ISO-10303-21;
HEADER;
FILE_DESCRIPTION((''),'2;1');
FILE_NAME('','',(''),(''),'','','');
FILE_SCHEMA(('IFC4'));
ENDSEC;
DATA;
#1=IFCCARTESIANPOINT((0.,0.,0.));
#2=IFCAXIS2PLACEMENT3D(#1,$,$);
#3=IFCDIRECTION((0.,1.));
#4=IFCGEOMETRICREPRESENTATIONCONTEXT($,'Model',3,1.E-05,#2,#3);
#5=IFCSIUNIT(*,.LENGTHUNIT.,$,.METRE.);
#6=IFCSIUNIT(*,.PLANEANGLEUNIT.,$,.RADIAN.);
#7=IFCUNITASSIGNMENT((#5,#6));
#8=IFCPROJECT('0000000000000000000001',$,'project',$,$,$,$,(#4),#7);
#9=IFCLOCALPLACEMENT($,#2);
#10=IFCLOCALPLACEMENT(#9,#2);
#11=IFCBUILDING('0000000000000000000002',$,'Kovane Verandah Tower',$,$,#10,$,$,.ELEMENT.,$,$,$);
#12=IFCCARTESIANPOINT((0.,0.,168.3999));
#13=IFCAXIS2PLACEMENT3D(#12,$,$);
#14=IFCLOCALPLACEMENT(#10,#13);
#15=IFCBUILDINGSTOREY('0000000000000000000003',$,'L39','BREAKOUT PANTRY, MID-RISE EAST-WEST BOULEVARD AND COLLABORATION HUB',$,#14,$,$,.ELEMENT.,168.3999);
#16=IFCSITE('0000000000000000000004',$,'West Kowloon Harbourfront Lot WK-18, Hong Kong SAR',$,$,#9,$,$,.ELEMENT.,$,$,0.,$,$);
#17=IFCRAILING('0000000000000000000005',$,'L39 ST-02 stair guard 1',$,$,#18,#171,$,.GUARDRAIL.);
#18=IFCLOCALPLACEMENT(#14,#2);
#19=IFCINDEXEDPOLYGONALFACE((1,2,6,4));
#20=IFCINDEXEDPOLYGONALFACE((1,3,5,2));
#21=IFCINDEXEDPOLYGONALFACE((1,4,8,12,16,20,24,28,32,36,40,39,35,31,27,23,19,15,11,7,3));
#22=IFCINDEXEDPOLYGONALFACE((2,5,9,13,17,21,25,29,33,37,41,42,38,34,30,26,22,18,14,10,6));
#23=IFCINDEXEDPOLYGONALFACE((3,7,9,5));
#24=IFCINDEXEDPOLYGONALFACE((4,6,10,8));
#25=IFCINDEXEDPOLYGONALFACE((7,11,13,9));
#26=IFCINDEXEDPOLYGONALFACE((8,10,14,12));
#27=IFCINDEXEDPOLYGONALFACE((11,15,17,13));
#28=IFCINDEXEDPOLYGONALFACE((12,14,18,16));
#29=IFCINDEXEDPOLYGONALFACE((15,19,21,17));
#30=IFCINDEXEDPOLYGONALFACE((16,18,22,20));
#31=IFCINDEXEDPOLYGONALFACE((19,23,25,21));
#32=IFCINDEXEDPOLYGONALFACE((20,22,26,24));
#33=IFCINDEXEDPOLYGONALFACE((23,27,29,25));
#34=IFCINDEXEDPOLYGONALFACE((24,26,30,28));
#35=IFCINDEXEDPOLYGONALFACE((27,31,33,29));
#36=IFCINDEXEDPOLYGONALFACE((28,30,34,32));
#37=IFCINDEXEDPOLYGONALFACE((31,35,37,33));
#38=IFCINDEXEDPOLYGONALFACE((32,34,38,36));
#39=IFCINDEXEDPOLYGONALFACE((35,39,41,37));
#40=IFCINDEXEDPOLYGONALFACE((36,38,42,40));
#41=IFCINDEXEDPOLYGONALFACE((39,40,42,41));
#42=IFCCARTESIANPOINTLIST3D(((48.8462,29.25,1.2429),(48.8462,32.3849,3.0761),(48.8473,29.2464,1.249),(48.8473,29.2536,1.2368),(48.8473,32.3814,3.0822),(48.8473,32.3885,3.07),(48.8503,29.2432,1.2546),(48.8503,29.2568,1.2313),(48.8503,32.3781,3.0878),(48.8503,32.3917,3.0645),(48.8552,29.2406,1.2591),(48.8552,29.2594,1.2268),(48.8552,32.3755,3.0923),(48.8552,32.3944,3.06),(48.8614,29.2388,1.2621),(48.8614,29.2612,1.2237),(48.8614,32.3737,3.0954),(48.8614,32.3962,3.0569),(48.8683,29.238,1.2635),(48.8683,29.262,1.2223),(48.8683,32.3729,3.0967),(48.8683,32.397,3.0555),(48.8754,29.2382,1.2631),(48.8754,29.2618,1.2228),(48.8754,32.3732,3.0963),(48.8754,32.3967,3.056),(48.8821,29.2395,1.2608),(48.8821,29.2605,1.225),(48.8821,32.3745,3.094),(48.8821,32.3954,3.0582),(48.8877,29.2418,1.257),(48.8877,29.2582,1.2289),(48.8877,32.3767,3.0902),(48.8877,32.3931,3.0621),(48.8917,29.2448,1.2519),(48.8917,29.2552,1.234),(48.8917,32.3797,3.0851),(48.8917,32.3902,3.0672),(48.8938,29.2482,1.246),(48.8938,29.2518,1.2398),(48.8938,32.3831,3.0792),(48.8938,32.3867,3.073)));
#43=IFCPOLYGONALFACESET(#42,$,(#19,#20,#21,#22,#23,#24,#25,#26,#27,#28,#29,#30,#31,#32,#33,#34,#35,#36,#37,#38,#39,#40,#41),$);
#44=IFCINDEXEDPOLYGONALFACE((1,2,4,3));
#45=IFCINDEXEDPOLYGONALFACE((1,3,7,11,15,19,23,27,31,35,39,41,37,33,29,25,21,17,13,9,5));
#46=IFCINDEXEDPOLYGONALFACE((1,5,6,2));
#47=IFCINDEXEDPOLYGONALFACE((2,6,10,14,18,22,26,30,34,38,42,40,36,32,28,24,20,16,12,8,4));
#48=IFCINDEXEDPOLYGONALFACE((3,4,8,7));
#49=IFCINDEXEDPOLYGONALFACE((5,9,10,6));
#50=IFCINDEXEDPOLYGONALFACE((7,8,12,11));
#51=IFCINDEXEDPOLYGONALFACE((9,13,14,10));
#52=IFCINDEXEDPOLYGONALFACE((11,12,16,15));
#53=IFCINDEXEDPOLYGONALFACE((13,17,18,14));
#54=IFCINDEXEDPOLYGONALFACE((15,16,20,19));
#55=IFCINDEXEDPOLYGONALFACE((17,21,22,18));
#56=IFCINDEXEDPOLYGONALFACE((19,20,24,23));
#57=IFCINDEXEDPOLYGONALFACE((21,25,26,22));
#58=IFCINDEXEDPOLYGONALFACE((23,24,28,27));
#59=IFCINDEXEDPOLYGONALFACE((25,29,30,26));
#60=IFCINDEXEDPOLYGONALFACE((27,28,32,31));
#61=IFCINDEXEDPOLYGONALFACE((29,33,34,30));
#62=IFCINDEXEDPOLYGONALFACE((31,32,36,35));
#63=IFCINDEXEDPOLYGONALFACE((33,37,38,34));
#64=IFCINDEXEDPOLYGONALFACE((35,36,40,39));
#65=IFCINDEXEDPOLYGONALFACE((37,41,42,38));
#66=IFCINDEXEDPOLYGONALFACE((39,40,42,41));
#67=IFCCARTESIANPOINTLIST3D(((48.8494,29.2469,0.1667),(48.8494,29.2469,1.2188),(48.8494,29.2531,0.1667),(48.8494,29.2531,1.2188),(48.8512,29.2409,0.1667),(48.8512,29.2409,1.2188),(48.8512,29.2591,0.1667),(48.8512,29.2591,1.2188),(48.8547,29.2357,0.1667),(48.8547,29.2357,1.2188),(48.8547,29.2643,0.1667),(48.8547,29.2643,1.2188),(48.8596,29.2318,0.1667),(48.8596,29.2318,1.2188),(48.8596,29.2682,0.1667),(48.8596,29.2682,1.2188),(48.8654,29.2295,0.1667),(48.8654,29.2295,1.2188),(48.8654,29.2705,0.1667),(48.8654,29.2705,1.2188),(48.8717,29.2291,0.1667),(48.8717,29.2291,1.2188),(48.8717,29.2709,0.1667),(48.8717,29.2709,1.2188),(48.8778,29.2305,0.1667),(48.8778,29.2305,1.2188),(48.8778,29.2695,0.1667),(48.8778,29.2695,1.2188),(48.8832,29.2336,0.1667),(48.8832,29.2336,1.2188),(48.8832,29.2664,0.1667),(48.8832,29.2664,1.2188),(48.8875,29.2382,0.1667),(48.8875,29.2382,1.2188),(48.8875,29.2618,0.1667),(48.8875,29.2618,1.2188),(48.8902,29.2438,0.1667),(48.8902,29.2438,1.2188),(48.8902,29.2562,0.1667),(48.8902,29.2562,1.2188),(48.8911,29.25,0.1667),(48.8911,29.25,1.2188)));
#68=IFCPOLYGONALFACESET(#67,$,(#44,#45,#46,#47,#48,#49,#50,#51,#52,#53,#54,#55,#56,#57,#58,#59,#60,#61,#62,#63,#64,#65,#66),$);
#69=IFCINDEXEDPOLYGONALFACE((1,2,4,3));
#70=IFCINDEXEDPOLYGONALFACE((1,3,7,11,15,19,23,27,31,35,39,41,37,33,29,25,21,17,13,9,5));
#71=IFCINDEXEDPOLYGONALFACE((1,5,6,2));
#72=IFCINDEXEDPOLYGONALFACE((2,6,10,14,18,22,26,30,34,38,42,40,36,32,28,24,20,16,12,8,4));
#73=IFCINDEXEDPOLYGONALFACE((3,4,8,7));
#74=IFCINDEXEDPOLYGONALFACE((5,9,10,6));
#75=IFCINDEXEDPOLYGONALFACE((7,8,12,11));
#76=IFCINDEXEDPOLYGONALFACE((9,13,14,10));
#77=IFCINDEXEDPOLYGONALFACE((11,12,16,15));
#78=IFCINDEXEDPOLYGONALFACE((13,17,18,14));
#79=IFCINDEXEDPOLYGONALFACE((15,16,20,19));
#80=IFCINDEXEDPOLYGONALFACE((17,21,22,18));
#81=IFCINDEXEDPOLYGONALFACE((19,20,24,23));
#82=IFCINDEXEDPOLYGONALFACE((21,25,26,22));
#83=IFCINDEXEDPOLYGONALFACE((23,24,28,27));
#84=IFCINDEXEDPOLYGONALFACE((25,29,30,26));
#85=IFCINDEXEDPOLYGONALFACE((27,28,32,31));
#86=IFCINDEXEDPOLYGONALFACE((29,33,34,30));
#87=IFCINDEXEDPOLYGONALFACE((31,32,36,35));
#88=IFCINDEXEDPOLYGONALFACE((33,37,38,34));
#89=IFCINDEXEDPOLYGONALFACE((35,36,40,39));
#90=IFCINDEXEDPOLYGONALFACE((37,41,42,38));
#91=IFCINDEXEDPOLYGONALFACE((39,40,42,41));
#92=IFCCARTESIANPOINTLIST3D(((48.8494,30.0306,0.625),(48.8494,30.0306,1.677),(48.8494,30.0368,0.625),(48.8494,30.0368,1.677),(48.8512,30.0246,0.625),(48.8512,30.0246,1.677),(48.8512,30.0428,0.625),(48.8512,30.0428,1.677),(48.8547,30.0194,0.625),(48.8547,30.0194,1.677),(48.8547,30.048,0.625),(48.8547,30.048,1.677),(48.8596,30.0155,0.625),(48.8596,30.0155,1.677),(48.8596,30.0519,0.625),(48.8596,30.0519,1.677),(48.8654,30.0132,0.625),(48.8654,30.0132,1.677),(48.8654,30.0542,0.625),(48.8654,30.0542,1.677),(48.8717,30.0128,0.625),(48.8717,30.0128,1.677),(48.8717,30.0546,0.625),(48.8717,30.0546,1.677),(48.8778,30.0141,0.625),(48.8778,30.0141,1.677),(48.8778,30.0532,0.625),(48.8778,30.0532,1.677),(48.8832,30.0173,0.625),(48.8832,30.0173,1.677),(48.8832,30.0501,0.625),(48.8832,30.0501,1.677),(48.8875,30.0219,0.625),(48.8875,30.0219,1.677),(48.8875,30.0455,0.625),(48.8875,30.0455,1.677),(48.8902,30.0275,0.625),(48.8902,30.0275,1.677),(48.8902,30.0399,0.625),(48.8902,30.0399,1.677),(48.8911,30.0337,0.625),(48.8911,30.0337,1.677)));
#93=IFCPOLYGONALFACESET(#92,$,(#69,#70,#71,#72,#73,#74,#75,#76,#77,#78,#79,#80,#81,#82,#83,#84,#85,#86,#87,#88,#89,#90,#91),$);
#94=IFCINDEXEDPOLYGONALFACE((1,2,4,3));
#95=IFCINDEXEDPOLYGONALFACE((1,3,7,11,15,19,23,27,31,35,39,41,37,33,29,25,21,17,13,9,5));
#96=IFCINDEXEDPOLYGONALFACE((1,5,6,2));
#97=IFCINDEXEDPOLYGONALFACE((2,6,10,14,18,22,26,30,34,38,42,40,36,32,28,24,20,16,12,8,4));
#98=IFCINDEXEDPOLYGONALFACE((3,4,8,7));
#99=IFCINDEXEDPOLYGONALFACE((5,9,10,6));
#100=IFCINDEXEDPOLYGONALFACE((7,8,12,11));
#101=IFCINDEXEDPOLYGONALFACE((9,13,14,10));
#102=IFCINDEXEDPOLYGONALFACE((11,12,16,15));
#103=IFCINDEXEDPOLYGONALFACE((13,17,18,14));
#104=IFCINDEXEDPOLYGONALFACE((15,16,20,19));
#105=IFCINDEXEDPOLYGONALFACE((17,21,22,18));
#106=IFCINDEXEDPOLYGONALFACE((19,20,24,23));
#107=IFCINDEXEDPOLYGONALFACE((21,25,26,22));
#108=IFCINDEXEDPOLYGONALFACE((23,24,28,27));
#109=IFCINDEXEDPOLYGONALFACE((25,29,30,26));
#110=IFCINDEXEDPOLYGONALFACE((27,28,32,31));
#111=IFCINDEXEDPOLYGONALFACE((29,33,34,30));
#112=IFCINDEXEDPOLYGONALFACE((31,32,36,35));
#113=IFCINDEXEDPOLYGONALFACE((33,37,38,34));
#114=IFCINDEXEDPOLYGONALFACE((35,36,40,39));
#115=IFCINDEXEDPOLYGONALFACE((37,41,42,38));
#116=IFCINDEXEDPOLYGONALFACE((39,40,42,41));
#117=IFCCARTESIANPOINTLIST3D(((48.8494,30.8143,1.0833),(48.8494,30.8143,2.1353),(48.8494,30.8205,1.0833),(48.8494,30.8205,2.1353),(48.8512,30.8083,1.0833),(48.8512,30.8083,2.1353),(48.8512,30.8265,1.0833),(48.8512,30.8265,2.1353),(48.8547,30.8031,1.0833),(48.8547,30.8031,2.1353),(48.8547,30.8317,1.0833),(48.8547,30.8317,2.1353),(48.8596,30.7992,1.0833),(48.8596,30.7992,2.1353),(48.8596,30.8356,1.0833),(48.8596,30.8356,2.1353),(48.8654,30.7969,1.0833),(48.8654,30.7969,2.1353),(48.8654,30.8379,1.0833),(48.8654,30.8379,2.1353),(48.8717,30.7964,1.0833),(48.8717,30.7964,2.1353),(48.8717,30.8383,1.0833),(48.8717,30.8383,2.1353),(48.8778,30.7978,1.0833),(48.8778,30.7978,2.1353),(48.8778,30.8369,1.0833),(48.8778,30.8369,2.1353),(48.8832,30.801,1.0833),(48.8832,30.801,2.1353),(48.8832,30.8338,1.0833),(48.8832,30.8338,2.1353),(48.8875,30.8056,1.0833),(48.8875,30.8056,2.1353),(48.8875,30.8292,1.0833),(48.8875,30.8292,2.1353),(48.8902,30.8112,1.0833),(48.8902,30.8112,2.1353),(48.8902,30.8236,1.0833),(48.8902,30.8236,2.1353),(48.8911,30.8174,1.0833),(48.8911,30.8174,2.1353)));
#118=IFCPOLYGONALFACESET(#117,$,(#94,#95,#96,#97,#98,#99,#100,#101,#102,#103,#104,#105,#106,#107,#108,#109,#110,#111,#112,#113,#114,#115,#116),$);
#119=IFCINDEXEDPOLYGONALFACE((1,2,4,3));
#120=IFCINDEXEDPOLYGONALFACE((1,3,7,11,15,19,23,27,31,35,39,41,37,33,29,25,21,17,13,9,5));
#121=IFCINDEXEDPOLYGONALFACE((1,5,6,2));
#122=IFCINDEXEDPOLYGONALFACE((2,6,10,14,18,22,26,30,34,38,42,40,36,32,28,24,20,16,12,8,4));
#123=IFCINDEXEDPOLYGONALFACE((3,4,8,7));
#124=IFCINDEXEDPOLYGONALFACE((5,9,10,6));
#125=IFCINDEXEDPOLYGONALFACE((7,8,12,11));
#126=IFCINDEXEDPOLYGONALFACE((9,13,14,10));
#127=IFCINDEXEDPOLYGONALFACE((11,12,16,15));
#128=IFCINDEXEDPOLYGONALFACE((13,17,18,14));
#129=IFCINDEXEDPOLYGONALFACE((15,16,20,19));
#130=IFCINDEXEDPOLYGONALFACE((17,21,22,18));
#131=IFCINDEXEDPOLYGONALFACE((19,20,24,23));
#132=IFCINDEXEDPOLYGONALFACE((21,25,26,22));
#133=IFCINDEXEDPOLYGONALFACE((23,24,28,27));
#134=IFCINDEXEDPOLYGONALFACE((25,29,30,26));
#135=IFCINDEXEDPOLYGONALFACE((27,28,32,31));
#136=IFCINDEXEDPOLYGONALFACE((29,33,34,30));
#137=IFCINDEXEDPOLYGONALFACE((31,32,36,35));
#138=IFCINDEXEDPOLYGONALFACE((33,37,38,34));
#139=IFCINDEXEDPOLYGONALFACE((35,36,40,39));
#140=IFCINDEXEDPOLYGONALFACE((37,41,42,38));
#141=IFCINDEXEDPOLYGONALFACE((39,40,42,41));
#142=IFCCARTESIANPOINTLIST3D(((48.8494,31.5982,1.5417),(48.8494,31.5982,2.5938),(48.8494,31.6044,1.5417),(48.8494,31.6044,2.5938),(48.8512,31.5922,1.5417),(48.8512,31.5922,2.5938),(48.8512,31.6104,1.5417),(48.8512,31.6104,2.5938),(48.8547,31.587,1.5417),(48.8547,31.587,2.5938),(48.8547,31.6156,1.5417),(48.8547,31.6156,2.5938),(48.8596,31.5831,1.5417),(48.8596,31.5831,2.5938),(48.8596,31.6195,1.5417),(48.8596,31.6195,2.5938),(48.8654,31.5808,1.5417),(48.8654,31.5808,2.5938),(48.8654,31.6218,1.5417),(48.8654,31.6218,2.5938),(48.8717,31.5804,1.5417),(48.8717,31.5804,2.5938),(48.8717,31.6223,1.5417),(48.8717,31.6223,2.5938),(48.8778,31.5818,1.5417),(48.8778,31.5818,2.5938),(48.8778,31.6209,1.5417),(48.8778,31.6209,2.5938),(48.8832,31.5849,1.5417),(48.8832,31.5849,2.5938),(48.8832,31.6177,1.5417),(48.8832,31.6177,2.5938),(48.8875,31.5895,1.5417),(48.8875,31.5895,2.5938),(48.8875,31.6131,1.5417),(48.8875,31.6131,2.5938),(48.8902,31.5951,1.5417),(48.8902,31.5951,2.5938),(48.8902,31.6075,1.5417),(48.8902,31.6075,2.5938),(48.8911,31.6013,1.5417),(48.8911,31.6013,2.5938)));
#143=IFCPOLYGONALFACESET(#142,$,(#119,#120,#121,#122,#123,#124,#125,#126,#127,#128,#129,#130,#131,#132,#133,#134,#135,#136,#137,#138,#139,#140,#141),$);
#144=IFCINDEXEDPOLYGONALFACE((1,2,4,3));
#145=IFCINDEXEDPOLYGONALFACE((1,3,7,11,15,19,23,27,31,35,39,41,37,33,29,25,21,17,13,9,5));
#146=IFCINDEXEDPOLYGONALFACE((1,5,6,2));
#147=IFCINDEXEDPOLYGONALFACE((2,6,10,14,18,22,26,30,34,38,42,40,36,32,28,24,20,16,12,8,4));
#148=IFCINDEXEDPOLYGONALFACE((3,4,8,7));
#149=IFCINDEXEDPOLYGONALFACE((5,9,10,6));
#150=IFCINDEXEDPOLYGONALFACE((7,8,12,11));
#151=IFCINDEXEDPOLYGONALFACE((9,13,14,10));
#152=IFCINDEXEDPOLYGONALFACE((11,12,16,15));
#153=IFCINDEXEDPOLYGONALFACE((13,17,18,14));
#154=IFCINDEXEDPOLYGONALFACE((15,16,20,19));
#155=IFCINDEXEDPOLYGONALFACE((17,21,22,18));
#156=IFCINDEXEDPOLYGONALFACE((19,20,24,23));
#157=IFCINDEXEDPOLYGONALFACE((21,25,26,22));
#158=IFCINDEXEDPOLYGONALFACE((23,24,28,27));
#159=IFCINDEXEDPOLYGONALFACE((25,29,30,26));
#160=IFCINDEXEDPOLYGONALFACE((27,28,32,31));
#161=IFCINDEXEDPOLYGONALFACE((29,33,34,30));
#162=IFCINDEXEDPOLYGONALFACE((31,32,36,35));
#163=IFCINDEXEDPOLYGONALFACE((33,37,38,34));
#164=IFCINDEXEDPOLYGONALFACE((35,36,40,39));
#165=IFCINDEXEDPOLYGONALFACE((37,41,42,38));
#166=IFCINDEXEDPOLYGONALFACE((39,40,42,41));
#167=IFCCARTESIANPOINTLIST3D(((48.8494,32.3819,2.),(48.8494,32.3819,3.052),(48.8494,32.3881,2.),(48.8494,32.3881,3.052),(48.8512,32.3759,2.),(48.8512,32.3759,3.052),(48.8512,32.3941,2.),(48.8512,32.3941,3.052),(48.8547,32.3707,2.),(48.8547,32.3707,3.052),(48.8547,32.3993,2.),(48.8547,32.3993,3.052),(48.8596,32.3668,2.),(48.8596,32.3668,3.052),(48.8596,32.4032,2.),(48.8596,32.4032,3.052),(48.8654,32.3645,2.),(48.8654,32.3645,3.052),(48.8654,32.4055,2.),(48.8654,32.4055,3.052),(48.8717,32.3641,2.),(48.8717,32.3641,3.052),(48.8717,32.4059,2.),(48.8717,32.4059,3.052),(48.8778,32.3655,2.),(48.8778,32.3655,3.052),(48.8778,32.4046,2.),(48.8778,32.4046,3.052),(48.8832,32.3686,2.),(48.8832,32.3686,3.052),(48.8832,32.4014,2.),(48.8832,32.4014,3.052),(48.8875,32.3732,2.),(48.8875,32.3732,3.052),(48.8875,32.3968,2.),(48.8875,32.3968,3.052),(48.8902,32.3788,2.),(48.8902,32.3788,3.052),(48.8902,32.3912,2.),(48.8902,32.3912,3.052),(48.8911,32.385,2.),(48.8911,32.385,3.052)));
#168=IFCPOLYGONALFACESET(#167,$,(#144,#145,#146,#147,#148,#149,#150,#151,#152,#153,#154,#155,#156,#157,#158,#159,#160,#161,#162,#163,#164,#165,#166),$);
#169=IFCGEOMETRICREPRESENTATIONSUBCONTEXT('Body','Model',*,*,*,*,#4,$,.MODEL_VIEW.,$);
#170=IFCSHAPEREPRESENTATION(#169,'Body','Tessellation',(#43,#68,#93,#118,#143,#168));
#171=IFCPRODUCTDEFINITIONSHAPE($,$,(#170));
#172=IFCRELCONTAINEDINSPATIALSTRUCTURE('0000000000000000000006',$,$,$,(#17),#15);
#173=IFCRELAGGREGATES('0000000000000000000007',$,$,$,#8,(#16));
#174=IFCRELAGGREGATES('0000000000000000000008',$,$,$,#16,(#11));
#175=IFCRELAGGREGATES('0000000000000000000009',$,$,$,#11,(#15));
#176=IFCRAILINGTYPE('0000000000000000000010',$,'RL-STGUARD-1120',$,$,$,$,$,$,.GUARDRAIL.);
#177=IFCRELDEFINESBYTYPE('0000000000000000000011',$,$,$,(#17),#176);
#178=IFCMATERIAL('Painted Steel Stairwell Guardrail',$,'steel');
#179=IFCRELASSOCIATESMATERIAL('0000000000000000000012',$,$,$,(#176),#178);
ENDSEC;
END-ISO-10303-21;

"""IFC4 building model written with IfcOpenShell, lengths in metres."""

from ifc_helpers import new_model, si_unit, direction, frame, origin, origin_2d, place, context, subcontext, project, spatial, circle, extrude, material, type_object, element, save


model = new_model("IFC4")

# Units and contexts
model_context = context("Model", 3, precision=1e-05, world=origin(), true_north=direction((0.0, 1.0)))
body_context = subcontext(model_context, "Body", "Model", "MODEL_VIEW")
ifc_project = project(units=[si_unit("LENGTHUNIT", "METRE"), si_unit("PLANEANGLEUNIT", "RADIAN")], contexts=[model_context])

# Site, building, storey
site_placement = place(None, origin())
site = spatial("IfcSite", under=ifc_project, at=site_placement, Name="West Kowloon Harbourfront Lot WK-18, Hong Kong SAR", CompositionType="ELEMENT", RefElevation=0.0)
building_placement = place(site_placement, origin())
building = spatial("IfcBuilding", under=site, at=building_placement, Name="Kovane Verandah Tower", CompositionType="ELEMENT")
storey_placement = place(building_placement, frame((0.0, 0.0, 168.3999)))
storey = spatial("IfcBuildingStorey", under=building, at=storey_placement, Name="L39", Description="BREAKOUT PANTRY, MID-RISE EAST-WEST BOULEVARD AND COLLABORATION HUB", CompositionType="ELEMENT", Elevation=168.3999)

# Railing
ifc_material_1 = material(Name="Painted Steel Stairwell Guardrail", Category="steel")
railing_type_1 = type_object("IfcRailingType", Name="RL-STGUARD-1120", PredefinedType="GUARDRAIL", material=ifc_material_1)
railing_1_placement = place(storey_placement, frame((48.8701, 29.25, 0.1667)))
element("IfcRailing", 1, at=railing_1_placement, inside=storey, type_object=railing_type_1, Name="L39 ST-02 stair guard 1", PredefinedType="GUARDRAIL", context=body_context, shape_type="SweptSolid", body=[
    extrude(circle(Radius=0.0239, at=origin_2d()), frame((0.0, 0.0, 1.0762), z_axis=(0.0, 0.86324, 0.504794), x_axis=(-1.0, 0.0, 0.0)), (0.0, 0.0, 1.0), 3.6316),
    extrude(circle(Radius=0.021, at=origin_2d()), origin(), (0.0, 0.0, 1.0), 1.052),
    extrude(circle(Radius=0.021, at=origin_2d()), frame((0.0, 0.7837, 0.4583)), (0.0, 0.0, 1.0), 1.052),
    extrude(circle(Radius=0.021, at=origin_2d()), frame((0.0, 1.5674, 0.9165)), (0.0, 0.0, 1.0), 1.052),
    extrude(circle(Radius=0.021, at=origin_2d()), frame((0.0, 2.3513, 1.375)), (0.0, 0.0, 1.0), 1.052),
    extrude(circle(Radius=0.021, at=origin_2d()), frame((0.0, 3.135, 1.8333)), (0.0, 0.0, 1.0), 1.052),
])

save(model, "model.ifc")
